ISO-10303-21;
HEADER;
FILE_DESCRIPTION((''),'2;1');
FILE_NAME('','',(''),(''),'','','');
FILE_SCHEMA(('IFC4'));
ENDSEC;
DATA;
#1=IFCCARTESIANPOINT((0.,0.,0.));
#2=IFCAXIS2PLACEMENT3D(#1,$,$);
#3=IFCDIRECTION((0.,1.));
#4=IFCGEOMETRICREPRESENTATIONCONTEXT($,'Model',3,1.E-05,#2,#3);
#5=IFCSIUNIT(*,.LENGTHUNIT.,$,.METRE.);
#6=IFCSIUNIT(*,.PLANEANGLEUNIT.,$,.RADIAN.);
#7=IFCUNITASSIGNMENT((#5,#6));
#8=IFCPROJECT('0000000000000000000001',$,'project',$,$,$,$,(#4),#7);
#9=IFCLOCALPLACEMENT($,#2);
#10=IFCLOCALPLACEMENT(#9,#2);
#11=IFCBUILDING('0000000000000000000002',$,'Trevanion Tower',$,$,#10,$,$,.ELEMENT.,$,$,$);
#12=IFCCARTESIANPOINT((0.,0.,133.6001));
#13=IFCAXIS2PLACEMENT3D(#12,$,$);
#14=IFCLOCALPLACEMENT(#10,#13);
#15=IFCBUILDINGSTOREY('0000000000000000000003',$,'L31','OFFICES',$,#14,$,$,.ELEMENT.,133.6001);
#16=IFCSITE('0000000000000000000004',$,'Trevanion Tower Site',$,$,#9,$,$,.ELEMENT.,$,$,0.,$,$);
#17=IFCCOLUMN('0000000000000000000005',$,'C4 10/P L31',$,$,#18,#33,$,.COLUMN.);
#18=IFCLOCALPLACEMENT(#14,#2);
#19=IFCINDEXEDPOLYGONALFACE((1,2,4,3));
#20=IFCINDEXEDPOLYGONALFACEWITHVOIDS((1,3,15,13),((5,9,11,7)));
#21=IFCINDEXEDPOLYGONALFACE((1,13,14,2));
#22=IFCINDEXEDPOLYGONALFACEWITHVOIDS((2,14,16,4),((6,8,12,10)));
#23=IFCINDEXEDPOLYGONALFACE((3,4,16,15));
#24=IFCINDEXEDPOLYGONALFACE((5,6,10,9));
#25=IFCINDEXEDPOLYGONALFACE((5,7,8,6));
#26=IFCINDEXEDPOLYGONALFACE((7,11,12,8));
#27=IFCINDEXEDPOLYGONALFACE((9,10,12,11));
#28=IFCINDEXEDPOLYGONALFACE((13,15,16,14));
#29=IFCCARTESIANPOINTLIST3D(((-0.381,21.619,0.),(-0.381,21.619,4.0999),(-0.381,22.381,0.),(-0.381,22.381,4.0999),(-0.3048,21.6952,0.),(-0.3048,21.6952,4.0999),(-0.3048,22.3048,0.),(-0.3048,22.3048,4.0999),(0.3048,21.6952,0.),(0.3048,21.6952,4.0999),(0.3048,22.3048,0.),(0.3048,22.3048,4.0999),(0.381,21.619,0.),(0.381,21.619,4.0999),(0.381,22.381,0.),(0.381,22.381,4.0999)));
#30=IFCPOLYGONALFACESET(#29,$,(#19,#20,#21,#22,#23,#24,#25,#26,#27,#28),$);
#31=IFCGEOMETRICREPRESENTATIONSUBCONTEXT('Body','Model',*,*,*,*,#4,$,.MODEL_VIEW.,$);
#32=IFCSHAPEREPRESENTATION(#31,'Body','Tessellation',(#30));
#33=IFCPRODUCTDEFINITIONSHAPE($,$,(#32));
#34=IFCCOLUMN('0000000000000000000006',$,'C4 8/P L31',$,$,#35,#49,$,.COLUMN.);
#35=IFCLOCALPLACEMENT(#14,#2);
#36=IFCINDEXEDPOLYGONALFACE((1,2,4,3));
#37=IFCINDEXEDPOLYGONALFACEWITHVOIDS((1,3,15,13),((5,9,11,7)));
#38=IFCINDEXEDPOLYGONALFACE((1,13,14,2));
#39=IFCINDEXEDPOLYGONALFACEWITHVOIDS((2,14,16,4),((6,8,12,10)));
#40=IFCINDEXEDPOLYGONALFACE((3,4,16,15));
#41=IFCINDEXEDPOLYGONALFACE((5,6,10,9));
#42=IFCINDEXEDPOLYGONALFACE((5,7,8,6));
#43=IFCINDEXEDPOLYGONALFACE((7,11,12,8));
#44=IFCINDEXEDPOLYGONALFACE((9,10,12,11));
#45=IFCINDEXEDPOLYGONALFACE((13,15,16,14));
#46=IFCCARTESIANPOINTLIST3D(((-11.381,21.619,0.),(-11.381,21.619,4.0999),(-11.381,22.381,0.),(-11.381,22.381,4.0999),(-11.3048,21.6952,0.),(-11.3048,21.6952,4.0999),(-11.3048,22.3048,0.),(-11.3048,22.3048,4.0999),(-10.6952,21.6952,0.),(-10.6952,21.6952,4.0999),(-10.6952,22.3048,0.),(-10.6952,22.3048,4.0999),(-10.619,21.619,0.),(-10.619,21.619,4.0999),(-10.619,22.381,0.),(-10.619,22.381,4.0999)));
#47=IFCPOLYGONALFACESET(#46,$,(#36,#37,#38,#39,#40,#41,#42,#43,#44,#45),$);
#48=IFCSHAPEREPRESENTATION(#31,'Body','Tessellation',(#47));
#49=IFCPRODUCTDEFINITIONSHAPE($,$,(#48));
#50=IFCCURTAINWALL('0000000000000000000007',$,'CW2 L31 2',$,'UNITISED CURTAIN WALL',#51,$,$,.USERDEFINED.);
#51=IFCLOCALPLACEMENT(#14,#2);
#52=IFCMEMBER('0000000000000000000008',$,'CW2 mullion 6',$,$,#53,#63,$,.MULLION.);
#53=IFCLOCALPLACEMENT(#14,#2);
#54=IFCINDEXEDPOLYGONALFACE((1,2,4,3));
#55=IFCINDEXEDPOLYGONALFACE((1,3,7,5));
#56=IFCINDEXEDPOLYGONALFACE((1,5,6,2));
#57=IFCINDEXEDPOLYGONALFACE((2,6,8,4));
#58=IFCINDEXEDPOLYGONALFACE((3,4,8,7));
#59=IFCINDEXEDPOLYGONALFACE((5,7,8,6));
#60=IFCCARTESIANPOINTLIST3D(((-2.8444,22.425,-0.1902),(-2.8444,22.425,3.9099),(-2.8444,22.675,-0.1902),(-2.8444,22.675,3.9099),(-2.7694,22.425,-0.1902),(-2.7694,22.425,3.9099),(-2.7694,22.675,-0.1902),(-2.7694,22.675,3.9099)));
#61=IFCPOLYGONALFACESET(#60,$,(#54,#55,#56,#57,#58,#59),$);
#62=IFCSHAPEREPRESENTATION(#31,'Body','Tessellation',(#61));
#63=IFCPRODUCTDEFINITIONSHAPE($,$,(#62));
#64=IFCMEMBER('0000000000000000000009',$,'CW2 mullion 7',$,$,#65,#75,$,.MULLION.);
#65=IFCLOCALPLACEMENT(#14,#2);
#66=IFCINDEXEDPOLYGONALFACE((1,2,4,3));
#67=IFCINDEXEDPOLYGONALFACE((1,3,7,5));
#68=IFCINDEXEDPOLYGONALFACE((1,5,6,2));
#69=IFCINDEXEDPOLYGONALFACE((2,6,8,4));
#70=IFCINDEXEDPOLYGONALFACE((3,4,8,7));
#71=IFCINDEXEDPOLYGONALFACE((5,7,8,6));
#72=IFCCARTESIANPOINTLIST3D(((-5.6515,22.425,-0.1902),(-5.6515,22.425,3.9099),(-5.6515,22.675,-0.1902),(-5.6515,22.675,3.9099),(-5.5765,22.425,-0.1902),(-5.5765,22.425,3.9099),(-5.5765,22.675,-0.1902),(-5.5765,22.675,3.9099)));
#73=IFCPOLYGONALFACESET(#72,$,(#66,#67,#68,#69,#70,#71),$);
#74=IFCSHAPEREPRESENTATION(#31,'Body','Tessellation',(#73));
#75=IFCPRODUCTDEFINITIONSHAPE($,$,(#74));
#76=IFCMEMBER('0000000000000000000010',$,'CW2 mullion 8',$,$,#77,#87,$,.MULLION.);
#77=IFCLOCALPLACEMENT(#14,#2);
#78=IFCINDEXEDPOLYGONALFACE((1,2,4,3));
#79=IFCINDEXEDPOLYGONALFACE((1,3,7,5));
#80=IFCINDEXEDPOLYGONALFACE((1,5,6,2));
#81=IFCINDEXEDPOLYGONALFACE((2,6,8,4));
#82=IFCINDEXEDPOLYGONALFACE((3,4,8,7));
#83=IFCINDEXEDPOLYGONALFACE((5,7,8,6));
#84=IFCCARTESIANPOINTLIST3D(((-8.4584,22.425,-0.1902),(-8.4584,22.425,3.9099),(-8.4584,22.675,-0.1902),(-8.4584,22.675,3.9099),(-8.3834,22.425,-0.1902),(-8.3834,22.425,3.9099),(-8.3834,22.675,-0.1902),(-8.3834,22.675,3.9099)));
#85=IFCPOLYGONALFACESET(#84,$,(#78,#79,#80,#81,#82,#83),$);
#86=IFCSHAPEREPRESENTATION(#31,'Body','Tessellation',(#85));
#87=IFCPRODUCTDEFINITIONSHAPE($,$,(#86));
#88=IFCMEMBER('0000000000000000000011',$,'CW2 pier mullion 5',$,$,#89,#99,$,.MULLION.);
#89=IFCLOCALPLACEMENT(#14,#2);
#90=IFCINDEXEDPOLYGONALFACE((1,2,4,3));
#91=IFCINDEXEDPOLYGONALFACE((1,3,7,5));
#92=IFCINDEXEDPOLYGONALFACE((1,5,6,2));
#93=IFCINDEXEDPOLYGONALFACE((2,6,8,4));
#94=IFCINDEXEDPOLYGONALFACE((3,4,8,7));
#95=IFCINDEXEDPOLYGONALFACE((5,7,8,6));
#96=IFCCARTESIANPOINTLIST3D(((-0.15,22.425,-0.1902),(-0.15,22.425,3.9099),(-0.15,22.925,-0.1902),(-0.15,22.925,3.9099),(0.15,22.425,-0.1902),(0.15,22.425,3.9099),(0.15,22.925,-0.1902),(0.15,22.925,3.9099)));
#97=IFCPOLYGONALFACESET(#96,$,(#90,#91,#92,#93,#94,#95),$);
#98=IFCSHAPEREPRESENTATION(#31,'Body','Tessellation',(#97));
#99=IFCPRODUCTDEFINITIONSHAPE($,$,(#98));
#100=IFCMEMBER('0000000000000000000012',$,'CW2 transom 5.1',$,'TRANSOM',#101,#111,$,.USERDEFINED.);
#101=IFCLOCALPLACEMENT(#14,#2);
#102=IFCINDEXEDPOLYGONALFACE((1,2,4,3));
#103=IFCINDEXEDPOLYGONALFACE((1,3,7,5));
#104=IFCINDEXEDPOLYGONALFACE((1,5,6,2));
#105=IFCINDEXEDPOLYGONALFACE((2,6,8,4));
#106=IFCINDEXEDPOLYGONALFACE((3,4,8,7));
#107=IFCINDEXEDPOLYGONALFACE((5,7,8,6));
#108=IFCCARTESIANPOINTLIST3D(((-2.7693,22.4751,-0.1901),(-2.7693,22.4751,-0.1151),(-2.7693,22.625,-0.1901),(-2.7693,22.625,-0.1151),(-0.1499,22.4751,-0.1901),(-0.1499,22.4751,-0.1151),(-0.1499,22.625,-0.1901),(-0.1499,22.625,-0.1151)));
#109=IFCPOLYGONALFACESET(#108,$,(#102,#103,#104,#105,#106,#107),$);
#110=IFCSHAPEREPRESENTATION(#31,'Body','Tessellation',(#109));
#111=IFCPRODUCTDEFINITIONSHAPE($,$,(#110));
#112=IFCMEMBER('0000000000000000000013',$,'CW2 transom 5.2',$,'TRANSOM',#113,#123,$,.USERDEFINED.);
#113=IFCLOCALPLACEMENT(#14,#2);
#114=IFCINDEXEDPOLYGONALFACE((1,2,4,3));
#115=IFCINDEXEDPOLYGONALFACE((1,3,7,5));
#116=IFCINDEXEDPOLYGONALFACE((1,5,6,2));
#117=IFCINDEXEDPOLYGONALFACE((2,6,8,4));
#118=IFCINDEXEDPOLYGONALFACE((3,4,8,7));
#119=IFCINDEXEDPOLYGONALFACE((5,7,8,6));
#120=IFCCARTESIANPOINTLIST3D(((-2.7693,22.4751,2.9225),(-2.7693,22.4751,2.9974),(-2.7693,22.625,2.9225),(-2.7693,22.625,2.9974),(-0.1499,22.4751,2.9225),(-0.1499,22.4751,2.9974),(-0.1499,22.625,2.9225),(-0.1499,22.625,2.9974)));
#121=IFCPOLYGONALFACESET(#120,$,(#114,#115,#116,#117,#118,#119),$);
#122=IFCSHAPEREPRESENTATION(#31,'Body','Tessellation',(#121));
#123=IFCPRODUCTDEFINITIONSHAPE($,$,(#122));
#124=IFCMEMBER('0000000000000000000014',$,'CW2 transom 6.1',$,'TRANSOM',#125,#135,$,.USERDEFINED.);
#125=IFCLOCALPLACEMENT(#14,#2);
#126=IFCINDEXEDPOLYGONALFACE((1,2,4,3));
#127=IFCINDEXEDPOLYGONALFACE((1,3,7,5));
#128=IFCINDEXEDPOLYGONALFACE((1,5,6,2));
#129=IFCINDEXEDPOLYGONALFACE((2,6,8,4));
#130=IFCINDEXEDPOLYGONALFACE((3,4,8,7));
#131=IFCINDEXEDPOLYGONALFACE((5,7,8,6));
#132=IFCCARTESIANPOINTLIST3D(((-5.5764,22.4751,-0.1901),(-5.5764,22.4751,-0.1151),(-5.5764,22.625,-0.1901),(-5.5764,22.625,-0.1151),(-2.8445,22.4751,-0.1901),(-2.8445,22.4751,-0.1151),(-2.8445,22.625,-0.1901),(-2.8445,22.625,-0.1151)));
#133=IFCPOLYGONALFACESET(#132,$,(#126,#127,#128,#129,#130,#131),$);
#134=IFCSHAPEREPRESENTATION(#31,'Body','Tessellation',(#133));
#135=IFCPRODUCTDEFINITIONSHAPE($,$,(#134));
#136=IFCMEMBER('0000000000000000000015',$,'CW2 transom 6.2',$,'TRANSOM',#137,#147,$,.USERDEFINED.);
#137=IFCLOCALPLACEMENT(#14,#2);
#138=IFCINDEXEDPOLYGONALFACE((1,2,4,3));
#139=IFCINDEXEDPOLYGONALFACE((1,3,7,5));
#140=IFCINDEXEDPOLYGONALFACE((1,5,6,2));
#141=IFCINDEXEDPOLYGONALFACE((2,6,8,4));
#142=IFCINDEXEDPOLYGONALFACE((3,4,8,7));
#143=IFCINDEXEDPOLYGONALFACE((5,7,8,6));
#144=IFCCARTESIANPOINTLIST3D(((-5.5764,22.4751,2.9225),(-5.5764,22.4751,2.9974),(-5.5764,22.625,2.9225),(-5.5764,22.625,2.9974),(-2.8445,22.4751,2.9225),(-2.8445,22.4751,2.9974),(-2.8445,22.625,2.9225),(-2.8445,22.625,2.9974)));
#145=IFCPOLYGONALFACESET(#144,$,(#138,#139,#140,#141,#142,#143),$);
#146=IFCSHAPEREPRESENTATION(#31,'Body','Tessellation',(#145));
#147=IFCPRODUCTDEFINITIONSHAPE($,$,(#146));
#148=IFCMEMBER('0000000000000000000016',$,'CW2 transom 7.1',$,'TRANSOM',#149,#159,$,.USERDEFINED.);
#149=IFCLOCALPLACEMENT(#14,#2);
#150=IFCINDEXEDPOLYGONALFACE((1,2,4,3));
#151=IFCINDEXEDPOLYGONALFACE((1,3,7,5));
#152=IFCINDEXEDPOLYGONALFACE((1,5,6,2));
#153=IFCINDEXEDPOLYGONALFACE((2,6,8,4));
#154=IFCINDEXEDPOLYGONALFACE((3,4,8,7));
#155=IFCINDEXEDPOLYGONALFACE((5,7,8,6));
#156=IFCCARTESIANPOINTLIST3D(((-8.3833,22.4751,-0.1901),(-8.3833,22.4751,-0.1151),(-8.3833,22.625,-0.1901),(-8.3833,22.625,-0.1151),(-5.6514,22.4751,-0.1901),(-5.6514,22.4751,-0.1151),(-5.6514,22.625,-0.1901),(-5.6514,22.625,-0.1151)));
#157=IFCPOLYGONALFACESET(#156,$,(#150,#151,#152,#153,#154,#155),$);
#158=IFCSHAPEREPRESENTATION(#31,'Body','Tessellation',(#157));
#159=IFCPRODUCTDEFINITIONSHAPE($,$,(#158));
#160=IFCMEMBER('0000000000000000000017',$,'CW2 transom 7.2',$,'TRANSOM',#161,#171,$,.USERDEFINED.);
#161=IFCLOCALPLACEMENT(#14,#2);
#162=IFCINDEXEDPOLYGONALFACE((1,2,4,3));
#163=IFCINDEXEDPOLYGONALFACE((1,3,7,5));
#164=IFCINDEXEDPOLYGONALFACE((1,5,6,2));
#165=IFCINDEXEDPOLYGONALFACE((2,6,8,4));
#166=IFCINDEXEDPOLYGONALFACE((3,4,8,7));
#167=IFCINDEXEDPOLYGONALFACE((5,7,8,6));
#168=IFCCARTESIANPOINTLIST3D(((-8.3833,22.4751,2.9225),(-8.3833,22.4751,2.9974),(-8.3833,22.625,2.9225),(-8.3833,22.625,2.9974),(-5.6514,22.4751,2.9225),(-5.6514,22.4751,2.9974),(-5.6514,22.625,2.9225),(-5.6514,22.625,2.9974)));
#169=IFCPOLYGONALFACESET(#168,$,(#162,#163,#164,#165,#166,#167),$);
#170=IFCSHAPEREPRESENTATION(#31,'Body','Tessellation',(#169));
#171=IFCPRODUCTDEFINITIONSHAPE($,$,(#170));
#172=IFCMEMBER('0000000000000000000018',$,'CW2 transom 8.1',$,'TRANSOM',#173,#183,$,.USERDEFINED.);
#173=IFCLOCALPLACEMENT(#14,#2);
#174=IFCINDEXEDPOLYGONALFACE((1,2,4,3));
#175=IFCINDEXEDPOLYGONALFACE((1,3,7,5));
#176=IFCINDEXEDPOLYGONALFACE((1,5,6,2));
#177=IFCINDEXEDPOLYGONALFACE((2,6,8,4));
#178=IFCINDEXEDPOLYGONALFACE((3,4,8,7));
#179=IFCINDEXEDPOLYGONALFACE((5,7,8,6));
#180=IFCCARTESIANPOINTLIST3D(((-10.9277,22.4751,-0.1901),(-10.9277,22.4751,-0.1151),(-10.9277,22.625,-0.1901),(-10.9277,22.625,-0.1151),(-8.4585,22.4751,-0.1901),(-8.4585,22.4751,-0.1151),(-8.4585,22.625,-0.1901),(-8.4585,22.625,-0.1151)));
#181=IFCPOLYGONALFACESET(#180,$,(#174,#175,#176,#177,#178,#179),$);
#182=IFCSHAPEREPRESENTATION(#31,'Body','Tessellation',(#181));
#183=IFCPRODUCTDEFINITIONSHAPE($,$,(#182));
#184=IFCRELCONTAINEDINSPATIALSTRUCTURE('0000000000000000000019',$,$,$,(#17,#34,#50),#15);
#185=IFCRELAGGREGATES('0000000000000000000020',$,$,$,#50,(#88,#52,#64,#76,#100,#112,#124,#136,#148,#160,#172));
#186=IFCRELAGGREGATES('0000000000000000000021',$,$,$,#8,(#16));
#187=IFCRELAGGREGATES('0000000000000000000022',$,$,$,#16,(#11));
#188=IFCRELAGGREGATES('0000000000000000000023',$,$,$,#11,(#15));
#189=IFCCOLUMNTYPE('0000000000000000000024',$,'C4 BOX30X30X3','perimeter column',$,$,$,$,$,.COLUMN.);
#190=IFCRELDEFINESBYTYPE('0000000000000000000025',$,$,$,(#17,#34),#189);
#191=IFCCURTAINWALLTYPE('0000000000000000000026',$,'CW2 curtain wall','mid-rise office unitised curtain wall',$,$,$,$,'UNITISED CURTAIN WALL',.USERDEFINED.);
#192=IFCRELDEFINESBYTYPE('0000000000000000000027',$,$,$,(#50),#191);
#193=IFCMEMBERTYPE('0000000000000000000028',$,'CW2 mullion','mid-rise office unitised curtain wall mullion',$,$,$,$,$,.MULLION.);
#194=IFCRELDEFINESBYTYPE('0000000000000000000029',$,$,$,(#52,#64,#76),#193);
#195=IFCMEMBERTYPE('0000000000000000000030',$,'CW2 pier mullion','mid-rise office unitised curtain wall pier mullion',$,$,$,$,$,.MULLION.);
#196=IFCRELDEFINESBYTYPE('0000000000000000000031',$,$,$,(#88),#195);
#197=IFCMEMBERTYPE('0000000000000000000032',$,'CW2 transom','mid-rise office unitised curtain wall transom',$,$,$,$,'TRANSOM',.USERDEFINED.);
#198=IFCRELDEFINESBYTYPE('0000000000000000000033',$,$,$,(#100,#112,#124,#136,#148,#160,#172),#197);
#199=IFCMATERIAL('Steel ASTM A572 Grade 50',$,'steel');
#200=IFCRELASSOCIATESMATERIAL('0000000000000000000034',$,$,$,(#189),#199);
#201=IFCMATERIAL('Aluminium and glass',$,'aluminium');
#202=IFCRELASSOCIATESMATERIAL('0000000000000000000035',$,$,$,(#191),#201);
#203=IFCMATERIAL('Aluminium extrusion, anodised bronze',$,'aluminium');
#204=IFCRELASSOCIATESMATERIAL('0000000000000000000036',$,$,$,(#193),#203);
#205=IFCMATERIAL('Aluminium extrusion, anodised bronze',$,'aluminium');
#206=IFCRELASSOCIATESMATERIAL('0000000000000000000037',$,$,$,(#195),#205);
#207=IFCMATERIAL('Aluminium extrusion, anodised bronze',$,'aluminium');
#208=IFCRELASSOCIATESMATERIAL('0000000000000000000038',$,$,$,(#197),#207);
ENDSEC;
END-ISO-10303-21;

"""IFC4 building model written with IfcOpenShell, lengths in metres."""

from ifc_helpers import new_model, si_unit, direction, frame, origin, origin_2d, place, context, subcontext, project, spatial, rectangle, hollow_rectangle, extrude, material, material_profile, profile_set, type_object, element, aggregate, save


model = new_model("IFC4")

# Units and contexts
model_context = context("Model", 3, precision=1e-05, world=origin(), true_north=direction((0.0, 1.0)))
body_context = subcontext(model_context, "Body", "Model", "MODEL_VIEW")
ifc_project = project(units=[si_unit("LENGTHUNIT", "METRE"), si_unit("PLANEANGLEUNIT", "RADIAN")], contexts=[model_context])

# Site, building, storey
site_placement = place(None, origin())
site = spatial("IfcSite", under=ifc_project, at=site_placement, Name="Trevanion Tower Site", CompositionType="ELEMENT", RefElevation=0.0)
building_placement = place(site_placement, origin())
building = spatial("IfcBuilding", under=site, at=building_placement, Name="Trevanion Tower", CompositionType="ELEMENT")
storey_placement = place(building_placement, frame((0.0, 0.0, 133.6001)))
storey = spatial("IfcBuildingStorey", under=building, at=storey_placement, Name="L31", Description="OFFICES", CompositionType="ELEMENT", Elevation=133.6001)

# Columns
ifc_material_1 = material(Name="Steel ASTM A572 Grade 50", Category="steel")
ifc_material_profile_1 = material_profile(ifc_material_1, hollow_rectangle(XDim=0.762, YDim=0.762, WallThickness=0.0762, at=origin_2d()), Name="BOX30X30X3")
ifc_profile_set_1 = profile_set([ifc_material_profile_1], Name="Steel ASTM A572 Grade 50")
column_type = type_object("IfcColumnType", Name="C4 BOX30X30X3", Description="perimeter column", PredefinedType="COLUMN", material=ifc_profile_set_1)
for number, where, z_axis, x_axis, name in (
    (1, (0.0, 22.0, 0.0), (0.0, 0.0, 1.0), (1.0, 0.0, 0.0), "C4 10/P L31"),
    (2, (-11.0, 22.0, 0.0), (0.0, 0.0, 1.0), (1.0, 0.0, 0.0), "C4 8/P L31"),
):
    element("IfcColumn", number, at=place(storey_placement, frame(where, z_axis=z_axis, x_axis=x_axis)), inside=storey, type_object=column_type, Name=name, PredefinedType="COLUMN", context=body_context, shape_type="SweptSolid", body=[
        extrude(hollow_rectangle(XDim=0.762, YDim=0.762, WallThickness=0.0762, at=origin_2d()), origin(), (0.0, 0.0, 1.0), 4.0999),
    ])

# Curtain wall, members
ifc_material_2 = material(Name="Aluminium and glass", Category="aluminium")
curtain_wall_type = type_object("IfcCurtainWallType", Name="CW2 curtain wall", Description="mid-rise office unitised curtain wall", ElementType="UNITISED CURTAIN WALL", PredefinedType="USERDEFINED", material=ifc_material_2)
curtain_wall_placement = place(storey_placement, origin())
curtain_wall = element("IfcCurtainWall", 3, at=curtain_wall_placement, inside=storey, type_object=curtain_wall_type, Name="CW2 L31 2", ObjectType="UNITISED CURTAIN WALL", PredefinedType="USERDEFINED")
ifc_material_3 = material(Name="Aluminium extrusion, anodised bronze", Category="aluminium")
ifc_material_profile_2 = material_profile(ifc_material_3, rectangle(XDim=0.075, YDim=0.25, at=origin_2d()), Name="CW2 mullion")
ifc_profile_set_2 = profile_set([ifc_material_profile_2], Name="Aluminium extrusion, anodised bronze")
member_type_1 = type_object("IfcMemberType", Name="CW2 mullion", Description="mid-rise office unitised curtain wall mullion", PredefinedType="MULLION", material=ifc_profile_set_2)
member_1_placement = place(storey_placement, frame((-2.8069, 22.55, -0.1902), z_axis=(0.0, 0.0, 1.0), x_axis=(-1.0, 0.0, 0.0)))
member_1 = element("IfcMember", 4, at=member_1_placement, type_object=member_type_1, Name="CW2 mullion 6", PredefinedType="MULLION", context=body_context, shape_type="SweptSolid", body=[
    extrude(rectangle(XDim=0.075, YDim=0.25, at=origin_2d()), origin(), (0.0, 0.0, 1.0), 4.1001),
])
member_2_placement = place(storey_placement, frame((-5.614, 22.55, -0.1902), z_axis=(0.0, 0.0, 1.0), x_axis=(-1.0, 0.0, 0.0)))
member_2 = element("IfcMember", 5, at=member_2_placement, type_object=member_type_1, Name="CW2 mullion 7", PredefinedType="MULLION", context=body_context, shape_type="SweptSolid", body=[
    extrude(rectangle(XDim=0.075, YDim=0.25, at=origin_2d()), origin(), (0.0, 0.0, 1.0), 4.1001),
])
member_3_placement = place(storey_placement, frame((-8.4209, 22.55, -0.1902), z_axis=(0.0, 0.0, 1.0), x_axis=(-1.0, 0.0, 0.0)))
member_3 = element("IfcMember", 6, at=member_3_placement, type_object=member_type_1, Name="CW2 mullion 8", PredefinedType="MULLION", context=body_context, shape_type="SweptSolid", body=[
    extrude(rectangle(XDim=0.075, YDim=0.25, at=origin_2d()), origin(), (0.0, 0.0, 1.0), 4.1001),
])
ifc_material_4 = material(Name="Aluminium extrusion, anodised bronze", Category="aluminium")
ifc_material_profile_3 = material_profile(ifc_material_4, rectangle(XDim=0.3, YDim=0.5, at=origin_2d()), Name="CW2 pier mullion")
ifc_profile_set_3 = profile_set([ifc_material_profile_3], Name="Aluminium extrusion, anodised bronze")
member_type_2 = type_object("IfcMemberType", Name="CW2 pier mullion", Description="mid-rise office unitised curtain wall pier mullion", PredefinedType="MULLION", material=ifc_profile_set_3)
member_4_placement = place(storey_placement, frame((0.0, 22.675, -0.1902), z_axis=(0.0, 0.0, 1.0), x_axis=(-1.0, 0.0, 0.0)))
member_4 = element("IfcMember", 7, at=member_4_placement, type_object=member_type_2, Name="CW2 pier mullion 5", PredefinedType="MULLION", context=body_context, shape_type="SweptSolid", body=[
    extrude(rectangle(XDim=0.3, YDim=0.5, at=origin_2d()), origin(), (0.0, 0.0, 1.0), 4.1001),
])
ifc_material_5 = material(Name="Aluminium extrusion, anodised bronze", Category="aluminium")
ifc_material_profile_4 = material_profile(ifc_material_5, rectangle(XDim=0.1499, YDim=0.075, at=origin_2d()), Name="CW2 transom")
ifc_profile_set_4 = profile_set([ifc_material_profile_4], Name="Aluminium extrusion, anodised bronze")
member_type_3 = type_object("IfcMemberType", Name="CW2 transom", Description="mid-rise office unitised curtain wall transom", ElementType="TRANSOM", PredefinedType="USERDEFINED", material=ifc_profile_set_4)
member_5_placement = place(storey_placement, frame((-0.1499, 22.55, -0.1526), z_axis=(-1.0, 0.0, 0.0), x_axis=(0.0, -1.0, 0.0)))
member_5 = element("IfcMember", 8, at=member_5_placement, type_object=member_type_3, Name="CW2 transom 5.1", ObjectType="TRANSOM", PredefinedType="USERDEFINED", context=body_context, shape_type="SweptSolid", body=[
    extrude(rectangle(XDim=0.1499, YDim=0.075, at=origin_2d()), origin(), (0.0, 0.0, 1.0), 2.6194),
])
member_6_placement = place(storey_placement, frame((-0.1499, 22.55, 2.96), z_axis=(-1.0, 0.0, 0.0), x_axis=(0.0, -1.0, 0.0)))
member_6 = element("IfcMember", 9, at=member_6_placement, type_object=member_type_3, Name="CW2 transom 5.2", ObjectType="TRANSOM", PredefinedType="USERDEFINED", context=body_context, shape_type="SweptSolid", body=[
    extrude(rectangle(XDim=0.1499, YDim=0.075, at=origin_2d()), origin(), (0.0, 0.0, 1.0), 2.6194),
])
member_7_placement = place(storey_placement, frame((-2.8445, 22.55, -0.1526), z_axis=(-1.0, 0.0, 0.0), x_axis=(0.0, -1.0, 0.0)))
member_7 = element("IfcMember", 10, at=member_7_placement, type_object=member_type_3, Name="CW2 transom 6.1", ObjectType="TRANSOM", PredefinedType="USERDEFINED", context=body_context, shape_type="SweptSolid", body=[
    extrude(rectangle(XDim=0.1499, YDim=0.075, at=origin_2d()), origin(), (0.0, 0.0, 1.0), 2.7319),
])
member_8_placement = place(storey_placement, frame((-2.8445, 22.55, 2.96), z_axis=(-1.0, 0.0, 0.0), x_axis=(0.0, -1.0, 0.0)))
member_8 = element("IfcMember", 11, at=member_8_placement, type_object=member_type_3, Name="CW2 transom 6.2", ObjectType="TRANSOM", PredefinedType="USERDEFINED", context=body_context, shape_type="SweptSolid", body=[
    extrude(rectangle(XDim=0.1499, YDim=0.075, at=origin_2d()), origin(), (0.0, 0.0, 1.0), 2.7319),
])
member_9_placement = place(storey_placement, frame((-5.6514, 22.55, -0.1526), z_axis=(-1.0, 0.0, 0.0), x_axis=(0.0, -1.0, 0.0)))
member_9 = element("IfcMember", 12, at=member_9_placement, type_object=member_type_3, Name="CW2 transom 7.1", ObjectType="TRANSOM", PredefinedType="USERDEFINED", context=body_context, shape_type="SweptSolid", body=[
    extrude(rectangle(XDim=0.1499, YDim=0.075, at=origin_2d()), origin(), (0.0, 0.0, 1.0), 2.7319),
])
member_10_placement = place(storey_placement, frame((-5.6514, 22.55, 2.96), z_axis=(-1.0, 0.0, 0.0), x_axis=(0.0, -1.0, 0.0)))
member_10 = element("IfcMember", 13, at=member_10_placement, type_object=member_type_3, Name="CW2 transom 7.2", ObjectType="TRANSOM", PredefinedType="USERDEFINED", context=body_context, shape_type="SweptSolid", body=[
    extrude(rectangle(XDim=0.1499, YDim=0.075, at=origin_2d()), origin(), (0.0, 0.0, 1.0), 2.7319),
])
member_11_placement = place(storey_placement, frame((-8.4585, 22.55, -0.1526), z_axis=(-1.0, 0.0, 0.0), x_axis=(0.0, -1.0, 0.0)))
member_11 = element("IfcMember", 14, at=member_11_placement, type_object=member_type_3, Name="CW2 transom 8.1", ObjectType="TRANSOM", PredefinedType="USERDEFINED", context=body_context, shape_type="SweptSolid", body=[
    extrude(rectangle(XDim=0.1499, YDim=0.075, at=origin_2d()), origin(), (0.0, 0.0, 1.0), 2.4692),
])

aggregate(curtain_wall, [member_4, member_1, member_2, member_3, member_5, member_6, member_7, member_8, member_9, member_10, member_11])

save(model, "model.ifc")
